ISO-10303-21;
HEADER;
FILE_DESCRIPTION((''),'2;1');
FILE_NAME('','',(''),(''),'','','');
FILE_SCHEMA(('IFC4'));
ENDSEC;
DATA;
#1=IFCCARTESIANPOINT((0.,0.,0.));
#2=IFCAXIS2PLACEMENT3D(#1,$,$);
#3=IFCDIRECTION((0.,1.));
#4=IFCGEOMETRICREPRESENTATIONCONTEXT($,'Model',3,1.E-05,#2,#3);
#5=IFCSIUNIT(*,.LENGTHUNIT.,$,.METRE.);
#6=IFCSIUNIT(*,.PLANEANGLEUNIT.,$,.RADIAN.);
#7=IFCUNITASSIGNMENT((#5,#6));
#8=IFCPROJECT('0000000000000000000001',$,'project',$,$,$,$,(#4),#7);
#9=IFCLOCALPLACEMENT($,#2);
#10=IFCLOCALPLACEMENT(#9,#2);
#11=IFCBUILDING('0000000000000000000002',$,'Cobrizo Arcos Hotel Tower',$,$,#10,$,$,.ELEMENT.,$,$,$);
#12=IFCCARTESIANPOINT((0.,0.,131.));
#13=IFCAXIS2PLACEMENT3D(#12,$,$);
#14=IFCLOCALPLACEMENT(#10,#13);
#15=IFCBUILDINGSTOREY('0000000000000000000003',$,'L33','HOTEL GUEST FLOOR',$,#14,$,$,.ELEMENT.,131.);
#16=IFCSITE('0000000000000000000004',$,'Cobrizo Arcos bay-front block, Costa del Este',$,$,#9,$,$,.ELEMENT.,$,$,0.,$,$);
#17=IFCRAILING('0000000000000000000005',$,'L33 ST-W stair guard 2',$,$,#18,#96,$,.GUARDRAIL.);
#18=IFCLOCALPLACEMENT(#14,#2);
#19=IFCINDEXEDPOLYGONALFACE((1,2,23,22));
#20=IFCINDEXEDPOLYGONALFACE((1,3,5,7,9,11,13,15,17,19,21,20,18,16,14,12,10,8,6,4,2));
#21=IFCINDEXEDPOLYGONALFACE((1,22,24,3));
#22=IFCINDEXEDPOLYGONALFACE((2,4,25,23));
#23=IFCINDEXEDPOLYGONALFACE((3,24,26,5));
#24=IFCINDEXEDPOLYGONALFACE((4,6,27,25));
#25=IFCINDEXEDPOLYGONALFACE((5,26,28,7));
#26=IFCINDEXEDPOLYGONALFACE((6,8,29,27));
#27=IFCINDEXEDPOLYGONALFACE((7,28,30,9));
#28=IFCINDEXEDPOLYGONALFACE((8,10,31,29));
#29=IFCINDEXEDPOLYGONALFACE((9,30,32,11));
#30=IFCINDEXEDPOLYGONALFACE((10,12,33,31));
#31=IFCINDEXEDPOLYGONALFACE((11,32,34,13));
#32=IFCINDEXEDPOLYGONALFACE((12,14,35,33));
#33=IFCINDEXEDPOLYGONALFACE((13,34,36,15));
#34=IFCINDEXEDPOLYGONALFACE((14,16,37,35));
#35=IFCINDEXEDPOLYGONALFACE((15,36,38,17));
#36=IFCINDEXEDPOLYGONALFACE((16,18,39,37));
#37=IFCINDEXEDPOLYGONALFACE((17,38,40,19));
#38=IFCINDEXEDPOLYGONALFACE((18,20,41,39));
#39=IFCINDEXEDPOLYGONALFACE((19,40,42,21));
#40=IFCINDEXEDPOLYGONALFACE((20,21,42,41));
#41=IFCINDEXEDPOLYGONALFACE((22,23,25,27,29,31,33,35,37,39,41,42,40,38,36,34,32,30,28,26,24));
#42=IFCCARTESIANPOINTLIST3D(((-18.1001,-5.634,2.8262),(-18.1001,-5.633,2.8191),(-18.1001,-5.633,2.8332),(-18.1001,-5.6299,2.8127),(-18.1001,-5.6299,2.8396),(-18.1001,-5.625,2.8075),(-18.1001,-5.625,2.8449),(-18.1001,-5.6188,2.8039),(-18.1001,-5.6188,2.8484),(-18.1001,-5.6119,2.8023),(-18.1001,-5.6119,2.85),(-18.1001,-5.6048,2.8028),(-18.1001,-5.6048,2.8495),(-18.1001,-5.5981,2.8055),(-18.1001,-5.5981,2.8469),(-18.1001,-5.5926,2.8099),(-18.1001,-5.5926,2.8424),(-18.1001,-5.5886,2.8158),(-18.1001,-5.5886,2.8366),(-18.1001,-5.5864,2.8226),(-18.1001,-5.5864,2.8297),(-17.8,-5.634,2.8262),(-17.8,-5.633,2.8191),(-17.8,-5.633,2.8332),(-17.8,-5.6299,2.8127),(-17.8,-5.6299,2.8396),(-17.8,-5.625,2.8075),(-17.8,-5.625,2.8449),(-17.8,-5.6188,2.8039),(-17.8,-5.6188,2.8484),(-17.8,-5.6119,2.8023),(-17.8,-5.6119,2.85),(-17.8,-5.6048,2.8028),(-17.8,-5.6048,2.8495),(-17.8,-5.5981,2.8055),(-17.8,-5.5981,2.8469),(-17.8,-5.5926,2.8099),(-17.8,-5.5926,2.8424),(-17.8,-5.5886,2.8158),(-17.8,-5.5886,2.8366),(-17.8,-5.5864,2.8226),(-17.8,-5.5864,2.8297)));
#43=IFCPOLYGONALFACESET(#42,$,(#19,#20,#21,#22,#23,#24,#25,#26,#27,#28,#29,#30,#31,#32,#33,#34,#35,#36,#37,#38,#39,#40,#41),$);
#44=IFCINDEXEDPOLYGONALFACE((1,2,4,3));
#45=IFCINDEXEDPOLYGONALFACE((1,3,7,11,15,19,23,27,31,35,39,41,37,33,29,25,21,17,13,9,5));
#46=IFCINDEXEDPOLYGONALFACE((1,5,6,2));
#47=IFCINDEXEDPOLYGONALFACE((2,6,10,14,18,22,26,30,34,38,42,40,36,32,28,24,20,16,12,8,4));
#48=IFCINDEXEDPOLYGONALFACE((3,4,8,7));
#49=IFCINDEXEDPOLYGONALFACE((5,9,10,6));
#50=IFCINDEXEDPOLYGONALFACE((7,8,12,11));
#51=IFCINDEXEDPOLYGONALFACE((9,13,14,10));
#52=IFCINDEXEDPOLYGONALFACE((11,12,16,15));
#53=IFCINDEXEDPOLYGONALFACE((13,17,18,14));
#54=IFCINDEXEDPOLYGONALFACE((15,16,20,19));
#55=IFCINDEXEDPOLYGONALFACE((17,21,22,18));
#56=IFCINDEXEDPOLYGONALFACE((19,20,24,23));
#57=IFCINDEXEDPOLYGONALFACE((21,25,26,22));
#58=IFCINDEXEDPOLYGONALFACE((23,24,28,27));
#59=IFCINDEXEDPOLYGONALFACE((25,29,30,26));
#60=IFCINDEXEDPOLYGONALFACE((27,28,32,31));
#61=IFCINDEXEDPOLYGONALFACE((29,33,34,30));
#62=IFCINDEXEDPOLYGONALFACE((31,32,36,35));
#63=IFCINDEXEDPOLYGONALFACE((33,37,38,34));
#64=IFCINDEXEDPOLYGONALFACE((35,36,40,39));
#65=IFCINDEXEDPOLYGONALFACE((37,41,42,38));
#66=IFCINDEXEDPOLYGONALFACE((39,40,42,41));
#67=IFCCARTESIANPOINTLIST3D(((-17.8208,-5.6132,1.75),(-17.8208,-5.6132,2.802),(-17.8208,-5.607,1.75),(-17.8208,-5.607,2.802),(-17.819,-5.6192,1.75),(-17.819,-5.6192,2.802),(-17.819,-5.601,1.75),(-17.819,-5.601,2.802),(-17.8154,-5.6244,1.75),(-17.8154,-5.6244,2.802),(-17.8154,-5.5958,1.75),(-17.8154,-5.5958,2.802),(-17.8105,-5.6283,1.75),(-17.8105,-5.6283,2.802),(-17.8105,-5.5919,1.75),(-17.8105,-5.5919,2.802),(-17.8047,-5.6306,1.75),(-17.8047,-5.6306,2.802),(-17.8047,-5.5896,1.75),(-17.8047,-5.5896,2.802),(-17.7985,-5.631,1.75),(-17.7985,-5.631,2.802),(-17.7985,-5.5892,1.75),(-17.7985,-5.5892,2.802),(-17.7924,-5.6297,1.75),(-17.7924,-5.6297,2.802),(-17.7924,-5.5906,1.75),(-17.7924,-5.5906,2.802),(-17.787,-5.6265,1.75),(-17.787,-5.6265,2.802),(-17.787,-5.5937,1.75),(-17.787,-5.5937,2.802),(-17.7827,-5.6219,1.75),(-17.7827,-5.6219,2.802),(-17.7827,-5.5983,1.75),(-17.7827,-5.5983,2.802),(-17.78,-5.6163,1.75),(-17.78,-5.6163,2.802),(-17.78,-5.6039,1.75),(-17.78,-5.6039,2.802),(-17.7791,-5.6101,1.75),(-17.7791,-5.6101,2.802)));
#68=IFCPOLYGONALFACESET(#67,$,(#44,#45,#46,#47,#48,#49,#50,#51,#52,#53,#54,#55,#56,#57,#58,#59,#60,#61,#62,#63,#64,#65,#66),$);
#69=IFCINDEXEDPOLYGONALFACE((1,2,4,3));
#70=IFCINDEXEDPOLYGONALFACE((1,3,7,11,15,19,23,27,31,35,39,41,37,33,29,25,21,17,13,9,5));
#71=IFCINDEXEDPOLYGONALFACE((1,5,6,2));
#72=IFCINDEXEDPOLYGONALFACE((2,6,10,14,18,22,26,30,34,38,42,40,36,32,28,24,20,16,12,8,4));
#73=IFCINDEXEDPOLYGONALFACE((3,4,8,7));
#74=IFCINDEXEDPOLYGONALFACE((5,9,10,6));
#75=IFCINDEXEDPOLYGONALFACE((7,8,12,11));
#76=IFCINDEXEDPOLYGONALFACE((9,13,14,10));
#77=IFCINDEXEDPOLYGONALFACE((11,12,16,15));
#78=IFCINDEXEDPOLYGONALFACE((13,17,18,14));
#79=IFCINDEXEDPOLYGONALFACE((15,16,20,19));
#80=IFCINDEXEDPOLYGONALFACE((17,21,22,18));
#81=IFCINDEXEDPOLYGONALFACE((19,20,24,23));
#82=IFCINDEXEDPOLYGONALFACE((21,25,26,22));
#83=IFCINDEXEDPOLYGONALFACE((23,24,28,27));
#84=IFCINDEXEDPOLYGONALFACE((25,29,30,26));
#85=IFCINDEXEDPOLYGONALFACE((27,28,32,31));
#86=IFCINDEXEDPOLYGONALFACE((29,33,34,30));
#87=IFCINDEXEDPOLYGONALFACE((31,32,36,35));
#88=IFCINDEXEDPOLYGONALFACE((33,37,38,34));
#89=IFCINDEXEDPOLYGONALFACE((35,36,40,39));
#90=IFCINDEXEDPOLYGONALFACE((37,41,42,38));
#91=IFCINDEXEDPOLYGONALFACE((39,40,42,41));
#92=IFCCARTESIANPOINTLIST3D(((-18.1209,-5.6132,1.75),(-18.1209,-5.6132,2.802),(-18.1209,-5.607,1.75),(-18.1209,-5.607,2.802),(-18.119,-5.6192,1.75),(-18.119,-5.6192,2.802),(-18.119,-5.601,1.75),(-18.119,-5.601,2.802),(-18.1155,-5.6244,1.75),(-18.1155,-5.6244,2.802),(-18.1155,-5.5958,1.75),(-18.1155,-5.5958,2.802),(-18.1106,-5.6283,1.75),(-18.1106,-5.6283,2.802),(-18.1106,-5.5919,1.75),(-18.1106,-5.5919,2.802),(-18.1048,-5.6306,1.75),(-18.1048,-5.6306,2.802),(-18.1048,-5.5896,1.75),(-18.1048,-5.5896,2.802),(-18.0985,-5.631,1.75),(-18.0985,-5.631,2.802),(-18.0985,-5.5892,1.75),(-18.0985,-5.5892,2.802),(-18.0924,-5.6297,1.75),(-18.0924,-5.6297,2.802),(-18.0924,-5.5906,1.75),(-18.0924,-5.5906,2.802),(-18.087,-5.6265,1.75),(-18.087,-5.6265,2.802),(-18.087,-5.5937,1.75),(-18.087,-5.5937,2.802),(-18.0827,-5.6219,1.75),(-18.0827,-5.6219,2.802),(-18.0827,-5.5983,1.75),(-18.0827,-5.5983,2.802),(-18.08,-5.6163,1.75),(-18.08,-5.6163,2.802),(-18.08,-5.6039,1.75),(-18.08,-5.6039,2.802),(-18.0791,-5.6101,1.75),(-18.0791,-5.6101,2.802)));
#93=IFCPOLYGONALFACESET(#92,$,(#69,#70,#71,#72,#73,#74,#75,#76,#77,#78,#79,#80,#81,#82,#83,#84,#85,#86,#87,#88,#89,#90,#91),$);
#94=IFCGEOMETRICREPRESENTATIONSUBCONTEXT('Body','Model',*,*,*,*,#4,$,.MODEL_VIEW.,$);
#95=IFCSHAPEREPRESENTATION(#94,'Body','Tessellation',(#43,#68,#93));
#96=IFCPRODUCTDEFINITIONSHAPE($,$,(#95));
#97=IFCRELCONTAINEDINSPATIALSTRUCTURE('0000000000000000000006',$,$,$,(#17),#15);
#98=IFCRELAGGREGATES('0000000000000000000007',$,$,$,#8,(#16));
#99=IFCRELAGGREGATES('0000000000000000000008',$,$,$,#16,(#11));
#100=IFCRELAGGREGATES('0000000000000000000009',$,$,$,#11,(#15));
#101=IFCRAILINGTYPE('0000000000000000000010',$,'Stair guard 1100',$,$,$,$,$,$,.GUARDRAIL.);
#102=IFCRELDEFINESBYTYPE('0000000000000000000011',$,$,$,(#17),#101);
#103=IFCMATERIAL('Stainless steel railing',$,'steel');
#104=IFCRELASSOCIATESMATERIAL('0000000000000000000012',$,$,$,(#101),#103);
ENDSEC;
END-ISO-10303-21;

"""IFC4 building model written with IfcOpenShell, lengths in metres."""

from ifc_helpers import new_model, si_unit, direction, frame, origin, origin_2d, place, context, subcontext, project, spatial, circle, extrude, material, type_object, element, save


model = new_model("IFC4")

# Units and contexts
model_context = context("Model", 3, precision=1e-05, world=origin(), true_north=direction((0.0, 1.0)))
body_context = subcontext(model_context, "Body", "Model", "MODEL_VIEW")
ifc_project = project(units=[si_unit("LENGTHUNIT", "METRE"), si_unit("PLANEANGLEUNIT", "RADIAN")], contexts=[model_context])

# Site, building, storey
site_placement = place(None, origin())
site = spatial("IfcSite", under=ifc_project, at=site_placement, Name="Cobrizo Arcos bay-front block, Costa del Este", CompositionType="ELEMENT", RefElevation=0.0)
building_placement = place(site_placement, origin())
building = spatial("IfcBuilding", under=site, at=building_placement, Name="Cobrizo Arcos Hotel Tower", CompositionType="ELEMENT")
storey_placement = place(building_placement, frame((0.0, 0.0, 131.0)))
storey = spatial("IfcBuildingStorey", under=building, at=storey_placement, Name="L33", Description="HOTEL GUEST FLOOR", CompositionType="ELEMENT", Elevation=131.0)

# Railing
ifc_material_1 = material(Name="Stainless steel railing", Category="steel")
railing_type_1 = type_object("IfcRailingType", Name="Stair guard 1100", PredefinedType="GUARDRAIL", material=ifc_material_1)
railing_1_placement = place(storey_placement, frame((-17.8, -5.6101, 1.75)))
element("IfcRailing", 1, at=railing_1_placement, inside=storey, type_object=railing_type_1, Name="L33 ST-W stair guard 2", PredefinedType="GUARDRAIL", context=body_context, shape_type="SweptSolid", body=[
    extrude(circle(Radius=0.0239, at=origin_2d()), frame((0.0, 0.0, 1.0762), z_axis=(-1.0, 0.0, 0.0), x_axis=(0.0, -1.0, 0.0)), (0.0, 0.0, 1.0), 0.3),
    extrude(circle(Radius=0.021, at=origin_2d()), origin(), (0.0, 0.0, 1.0), 1.052),
    extrude(circle(Radius=0.021, at=origin_2d()), frame((-0.3, 0.0, 0.0)), (0.0, 0.0, 1.0), 1.052),
])

save(model, "model.ifc")
